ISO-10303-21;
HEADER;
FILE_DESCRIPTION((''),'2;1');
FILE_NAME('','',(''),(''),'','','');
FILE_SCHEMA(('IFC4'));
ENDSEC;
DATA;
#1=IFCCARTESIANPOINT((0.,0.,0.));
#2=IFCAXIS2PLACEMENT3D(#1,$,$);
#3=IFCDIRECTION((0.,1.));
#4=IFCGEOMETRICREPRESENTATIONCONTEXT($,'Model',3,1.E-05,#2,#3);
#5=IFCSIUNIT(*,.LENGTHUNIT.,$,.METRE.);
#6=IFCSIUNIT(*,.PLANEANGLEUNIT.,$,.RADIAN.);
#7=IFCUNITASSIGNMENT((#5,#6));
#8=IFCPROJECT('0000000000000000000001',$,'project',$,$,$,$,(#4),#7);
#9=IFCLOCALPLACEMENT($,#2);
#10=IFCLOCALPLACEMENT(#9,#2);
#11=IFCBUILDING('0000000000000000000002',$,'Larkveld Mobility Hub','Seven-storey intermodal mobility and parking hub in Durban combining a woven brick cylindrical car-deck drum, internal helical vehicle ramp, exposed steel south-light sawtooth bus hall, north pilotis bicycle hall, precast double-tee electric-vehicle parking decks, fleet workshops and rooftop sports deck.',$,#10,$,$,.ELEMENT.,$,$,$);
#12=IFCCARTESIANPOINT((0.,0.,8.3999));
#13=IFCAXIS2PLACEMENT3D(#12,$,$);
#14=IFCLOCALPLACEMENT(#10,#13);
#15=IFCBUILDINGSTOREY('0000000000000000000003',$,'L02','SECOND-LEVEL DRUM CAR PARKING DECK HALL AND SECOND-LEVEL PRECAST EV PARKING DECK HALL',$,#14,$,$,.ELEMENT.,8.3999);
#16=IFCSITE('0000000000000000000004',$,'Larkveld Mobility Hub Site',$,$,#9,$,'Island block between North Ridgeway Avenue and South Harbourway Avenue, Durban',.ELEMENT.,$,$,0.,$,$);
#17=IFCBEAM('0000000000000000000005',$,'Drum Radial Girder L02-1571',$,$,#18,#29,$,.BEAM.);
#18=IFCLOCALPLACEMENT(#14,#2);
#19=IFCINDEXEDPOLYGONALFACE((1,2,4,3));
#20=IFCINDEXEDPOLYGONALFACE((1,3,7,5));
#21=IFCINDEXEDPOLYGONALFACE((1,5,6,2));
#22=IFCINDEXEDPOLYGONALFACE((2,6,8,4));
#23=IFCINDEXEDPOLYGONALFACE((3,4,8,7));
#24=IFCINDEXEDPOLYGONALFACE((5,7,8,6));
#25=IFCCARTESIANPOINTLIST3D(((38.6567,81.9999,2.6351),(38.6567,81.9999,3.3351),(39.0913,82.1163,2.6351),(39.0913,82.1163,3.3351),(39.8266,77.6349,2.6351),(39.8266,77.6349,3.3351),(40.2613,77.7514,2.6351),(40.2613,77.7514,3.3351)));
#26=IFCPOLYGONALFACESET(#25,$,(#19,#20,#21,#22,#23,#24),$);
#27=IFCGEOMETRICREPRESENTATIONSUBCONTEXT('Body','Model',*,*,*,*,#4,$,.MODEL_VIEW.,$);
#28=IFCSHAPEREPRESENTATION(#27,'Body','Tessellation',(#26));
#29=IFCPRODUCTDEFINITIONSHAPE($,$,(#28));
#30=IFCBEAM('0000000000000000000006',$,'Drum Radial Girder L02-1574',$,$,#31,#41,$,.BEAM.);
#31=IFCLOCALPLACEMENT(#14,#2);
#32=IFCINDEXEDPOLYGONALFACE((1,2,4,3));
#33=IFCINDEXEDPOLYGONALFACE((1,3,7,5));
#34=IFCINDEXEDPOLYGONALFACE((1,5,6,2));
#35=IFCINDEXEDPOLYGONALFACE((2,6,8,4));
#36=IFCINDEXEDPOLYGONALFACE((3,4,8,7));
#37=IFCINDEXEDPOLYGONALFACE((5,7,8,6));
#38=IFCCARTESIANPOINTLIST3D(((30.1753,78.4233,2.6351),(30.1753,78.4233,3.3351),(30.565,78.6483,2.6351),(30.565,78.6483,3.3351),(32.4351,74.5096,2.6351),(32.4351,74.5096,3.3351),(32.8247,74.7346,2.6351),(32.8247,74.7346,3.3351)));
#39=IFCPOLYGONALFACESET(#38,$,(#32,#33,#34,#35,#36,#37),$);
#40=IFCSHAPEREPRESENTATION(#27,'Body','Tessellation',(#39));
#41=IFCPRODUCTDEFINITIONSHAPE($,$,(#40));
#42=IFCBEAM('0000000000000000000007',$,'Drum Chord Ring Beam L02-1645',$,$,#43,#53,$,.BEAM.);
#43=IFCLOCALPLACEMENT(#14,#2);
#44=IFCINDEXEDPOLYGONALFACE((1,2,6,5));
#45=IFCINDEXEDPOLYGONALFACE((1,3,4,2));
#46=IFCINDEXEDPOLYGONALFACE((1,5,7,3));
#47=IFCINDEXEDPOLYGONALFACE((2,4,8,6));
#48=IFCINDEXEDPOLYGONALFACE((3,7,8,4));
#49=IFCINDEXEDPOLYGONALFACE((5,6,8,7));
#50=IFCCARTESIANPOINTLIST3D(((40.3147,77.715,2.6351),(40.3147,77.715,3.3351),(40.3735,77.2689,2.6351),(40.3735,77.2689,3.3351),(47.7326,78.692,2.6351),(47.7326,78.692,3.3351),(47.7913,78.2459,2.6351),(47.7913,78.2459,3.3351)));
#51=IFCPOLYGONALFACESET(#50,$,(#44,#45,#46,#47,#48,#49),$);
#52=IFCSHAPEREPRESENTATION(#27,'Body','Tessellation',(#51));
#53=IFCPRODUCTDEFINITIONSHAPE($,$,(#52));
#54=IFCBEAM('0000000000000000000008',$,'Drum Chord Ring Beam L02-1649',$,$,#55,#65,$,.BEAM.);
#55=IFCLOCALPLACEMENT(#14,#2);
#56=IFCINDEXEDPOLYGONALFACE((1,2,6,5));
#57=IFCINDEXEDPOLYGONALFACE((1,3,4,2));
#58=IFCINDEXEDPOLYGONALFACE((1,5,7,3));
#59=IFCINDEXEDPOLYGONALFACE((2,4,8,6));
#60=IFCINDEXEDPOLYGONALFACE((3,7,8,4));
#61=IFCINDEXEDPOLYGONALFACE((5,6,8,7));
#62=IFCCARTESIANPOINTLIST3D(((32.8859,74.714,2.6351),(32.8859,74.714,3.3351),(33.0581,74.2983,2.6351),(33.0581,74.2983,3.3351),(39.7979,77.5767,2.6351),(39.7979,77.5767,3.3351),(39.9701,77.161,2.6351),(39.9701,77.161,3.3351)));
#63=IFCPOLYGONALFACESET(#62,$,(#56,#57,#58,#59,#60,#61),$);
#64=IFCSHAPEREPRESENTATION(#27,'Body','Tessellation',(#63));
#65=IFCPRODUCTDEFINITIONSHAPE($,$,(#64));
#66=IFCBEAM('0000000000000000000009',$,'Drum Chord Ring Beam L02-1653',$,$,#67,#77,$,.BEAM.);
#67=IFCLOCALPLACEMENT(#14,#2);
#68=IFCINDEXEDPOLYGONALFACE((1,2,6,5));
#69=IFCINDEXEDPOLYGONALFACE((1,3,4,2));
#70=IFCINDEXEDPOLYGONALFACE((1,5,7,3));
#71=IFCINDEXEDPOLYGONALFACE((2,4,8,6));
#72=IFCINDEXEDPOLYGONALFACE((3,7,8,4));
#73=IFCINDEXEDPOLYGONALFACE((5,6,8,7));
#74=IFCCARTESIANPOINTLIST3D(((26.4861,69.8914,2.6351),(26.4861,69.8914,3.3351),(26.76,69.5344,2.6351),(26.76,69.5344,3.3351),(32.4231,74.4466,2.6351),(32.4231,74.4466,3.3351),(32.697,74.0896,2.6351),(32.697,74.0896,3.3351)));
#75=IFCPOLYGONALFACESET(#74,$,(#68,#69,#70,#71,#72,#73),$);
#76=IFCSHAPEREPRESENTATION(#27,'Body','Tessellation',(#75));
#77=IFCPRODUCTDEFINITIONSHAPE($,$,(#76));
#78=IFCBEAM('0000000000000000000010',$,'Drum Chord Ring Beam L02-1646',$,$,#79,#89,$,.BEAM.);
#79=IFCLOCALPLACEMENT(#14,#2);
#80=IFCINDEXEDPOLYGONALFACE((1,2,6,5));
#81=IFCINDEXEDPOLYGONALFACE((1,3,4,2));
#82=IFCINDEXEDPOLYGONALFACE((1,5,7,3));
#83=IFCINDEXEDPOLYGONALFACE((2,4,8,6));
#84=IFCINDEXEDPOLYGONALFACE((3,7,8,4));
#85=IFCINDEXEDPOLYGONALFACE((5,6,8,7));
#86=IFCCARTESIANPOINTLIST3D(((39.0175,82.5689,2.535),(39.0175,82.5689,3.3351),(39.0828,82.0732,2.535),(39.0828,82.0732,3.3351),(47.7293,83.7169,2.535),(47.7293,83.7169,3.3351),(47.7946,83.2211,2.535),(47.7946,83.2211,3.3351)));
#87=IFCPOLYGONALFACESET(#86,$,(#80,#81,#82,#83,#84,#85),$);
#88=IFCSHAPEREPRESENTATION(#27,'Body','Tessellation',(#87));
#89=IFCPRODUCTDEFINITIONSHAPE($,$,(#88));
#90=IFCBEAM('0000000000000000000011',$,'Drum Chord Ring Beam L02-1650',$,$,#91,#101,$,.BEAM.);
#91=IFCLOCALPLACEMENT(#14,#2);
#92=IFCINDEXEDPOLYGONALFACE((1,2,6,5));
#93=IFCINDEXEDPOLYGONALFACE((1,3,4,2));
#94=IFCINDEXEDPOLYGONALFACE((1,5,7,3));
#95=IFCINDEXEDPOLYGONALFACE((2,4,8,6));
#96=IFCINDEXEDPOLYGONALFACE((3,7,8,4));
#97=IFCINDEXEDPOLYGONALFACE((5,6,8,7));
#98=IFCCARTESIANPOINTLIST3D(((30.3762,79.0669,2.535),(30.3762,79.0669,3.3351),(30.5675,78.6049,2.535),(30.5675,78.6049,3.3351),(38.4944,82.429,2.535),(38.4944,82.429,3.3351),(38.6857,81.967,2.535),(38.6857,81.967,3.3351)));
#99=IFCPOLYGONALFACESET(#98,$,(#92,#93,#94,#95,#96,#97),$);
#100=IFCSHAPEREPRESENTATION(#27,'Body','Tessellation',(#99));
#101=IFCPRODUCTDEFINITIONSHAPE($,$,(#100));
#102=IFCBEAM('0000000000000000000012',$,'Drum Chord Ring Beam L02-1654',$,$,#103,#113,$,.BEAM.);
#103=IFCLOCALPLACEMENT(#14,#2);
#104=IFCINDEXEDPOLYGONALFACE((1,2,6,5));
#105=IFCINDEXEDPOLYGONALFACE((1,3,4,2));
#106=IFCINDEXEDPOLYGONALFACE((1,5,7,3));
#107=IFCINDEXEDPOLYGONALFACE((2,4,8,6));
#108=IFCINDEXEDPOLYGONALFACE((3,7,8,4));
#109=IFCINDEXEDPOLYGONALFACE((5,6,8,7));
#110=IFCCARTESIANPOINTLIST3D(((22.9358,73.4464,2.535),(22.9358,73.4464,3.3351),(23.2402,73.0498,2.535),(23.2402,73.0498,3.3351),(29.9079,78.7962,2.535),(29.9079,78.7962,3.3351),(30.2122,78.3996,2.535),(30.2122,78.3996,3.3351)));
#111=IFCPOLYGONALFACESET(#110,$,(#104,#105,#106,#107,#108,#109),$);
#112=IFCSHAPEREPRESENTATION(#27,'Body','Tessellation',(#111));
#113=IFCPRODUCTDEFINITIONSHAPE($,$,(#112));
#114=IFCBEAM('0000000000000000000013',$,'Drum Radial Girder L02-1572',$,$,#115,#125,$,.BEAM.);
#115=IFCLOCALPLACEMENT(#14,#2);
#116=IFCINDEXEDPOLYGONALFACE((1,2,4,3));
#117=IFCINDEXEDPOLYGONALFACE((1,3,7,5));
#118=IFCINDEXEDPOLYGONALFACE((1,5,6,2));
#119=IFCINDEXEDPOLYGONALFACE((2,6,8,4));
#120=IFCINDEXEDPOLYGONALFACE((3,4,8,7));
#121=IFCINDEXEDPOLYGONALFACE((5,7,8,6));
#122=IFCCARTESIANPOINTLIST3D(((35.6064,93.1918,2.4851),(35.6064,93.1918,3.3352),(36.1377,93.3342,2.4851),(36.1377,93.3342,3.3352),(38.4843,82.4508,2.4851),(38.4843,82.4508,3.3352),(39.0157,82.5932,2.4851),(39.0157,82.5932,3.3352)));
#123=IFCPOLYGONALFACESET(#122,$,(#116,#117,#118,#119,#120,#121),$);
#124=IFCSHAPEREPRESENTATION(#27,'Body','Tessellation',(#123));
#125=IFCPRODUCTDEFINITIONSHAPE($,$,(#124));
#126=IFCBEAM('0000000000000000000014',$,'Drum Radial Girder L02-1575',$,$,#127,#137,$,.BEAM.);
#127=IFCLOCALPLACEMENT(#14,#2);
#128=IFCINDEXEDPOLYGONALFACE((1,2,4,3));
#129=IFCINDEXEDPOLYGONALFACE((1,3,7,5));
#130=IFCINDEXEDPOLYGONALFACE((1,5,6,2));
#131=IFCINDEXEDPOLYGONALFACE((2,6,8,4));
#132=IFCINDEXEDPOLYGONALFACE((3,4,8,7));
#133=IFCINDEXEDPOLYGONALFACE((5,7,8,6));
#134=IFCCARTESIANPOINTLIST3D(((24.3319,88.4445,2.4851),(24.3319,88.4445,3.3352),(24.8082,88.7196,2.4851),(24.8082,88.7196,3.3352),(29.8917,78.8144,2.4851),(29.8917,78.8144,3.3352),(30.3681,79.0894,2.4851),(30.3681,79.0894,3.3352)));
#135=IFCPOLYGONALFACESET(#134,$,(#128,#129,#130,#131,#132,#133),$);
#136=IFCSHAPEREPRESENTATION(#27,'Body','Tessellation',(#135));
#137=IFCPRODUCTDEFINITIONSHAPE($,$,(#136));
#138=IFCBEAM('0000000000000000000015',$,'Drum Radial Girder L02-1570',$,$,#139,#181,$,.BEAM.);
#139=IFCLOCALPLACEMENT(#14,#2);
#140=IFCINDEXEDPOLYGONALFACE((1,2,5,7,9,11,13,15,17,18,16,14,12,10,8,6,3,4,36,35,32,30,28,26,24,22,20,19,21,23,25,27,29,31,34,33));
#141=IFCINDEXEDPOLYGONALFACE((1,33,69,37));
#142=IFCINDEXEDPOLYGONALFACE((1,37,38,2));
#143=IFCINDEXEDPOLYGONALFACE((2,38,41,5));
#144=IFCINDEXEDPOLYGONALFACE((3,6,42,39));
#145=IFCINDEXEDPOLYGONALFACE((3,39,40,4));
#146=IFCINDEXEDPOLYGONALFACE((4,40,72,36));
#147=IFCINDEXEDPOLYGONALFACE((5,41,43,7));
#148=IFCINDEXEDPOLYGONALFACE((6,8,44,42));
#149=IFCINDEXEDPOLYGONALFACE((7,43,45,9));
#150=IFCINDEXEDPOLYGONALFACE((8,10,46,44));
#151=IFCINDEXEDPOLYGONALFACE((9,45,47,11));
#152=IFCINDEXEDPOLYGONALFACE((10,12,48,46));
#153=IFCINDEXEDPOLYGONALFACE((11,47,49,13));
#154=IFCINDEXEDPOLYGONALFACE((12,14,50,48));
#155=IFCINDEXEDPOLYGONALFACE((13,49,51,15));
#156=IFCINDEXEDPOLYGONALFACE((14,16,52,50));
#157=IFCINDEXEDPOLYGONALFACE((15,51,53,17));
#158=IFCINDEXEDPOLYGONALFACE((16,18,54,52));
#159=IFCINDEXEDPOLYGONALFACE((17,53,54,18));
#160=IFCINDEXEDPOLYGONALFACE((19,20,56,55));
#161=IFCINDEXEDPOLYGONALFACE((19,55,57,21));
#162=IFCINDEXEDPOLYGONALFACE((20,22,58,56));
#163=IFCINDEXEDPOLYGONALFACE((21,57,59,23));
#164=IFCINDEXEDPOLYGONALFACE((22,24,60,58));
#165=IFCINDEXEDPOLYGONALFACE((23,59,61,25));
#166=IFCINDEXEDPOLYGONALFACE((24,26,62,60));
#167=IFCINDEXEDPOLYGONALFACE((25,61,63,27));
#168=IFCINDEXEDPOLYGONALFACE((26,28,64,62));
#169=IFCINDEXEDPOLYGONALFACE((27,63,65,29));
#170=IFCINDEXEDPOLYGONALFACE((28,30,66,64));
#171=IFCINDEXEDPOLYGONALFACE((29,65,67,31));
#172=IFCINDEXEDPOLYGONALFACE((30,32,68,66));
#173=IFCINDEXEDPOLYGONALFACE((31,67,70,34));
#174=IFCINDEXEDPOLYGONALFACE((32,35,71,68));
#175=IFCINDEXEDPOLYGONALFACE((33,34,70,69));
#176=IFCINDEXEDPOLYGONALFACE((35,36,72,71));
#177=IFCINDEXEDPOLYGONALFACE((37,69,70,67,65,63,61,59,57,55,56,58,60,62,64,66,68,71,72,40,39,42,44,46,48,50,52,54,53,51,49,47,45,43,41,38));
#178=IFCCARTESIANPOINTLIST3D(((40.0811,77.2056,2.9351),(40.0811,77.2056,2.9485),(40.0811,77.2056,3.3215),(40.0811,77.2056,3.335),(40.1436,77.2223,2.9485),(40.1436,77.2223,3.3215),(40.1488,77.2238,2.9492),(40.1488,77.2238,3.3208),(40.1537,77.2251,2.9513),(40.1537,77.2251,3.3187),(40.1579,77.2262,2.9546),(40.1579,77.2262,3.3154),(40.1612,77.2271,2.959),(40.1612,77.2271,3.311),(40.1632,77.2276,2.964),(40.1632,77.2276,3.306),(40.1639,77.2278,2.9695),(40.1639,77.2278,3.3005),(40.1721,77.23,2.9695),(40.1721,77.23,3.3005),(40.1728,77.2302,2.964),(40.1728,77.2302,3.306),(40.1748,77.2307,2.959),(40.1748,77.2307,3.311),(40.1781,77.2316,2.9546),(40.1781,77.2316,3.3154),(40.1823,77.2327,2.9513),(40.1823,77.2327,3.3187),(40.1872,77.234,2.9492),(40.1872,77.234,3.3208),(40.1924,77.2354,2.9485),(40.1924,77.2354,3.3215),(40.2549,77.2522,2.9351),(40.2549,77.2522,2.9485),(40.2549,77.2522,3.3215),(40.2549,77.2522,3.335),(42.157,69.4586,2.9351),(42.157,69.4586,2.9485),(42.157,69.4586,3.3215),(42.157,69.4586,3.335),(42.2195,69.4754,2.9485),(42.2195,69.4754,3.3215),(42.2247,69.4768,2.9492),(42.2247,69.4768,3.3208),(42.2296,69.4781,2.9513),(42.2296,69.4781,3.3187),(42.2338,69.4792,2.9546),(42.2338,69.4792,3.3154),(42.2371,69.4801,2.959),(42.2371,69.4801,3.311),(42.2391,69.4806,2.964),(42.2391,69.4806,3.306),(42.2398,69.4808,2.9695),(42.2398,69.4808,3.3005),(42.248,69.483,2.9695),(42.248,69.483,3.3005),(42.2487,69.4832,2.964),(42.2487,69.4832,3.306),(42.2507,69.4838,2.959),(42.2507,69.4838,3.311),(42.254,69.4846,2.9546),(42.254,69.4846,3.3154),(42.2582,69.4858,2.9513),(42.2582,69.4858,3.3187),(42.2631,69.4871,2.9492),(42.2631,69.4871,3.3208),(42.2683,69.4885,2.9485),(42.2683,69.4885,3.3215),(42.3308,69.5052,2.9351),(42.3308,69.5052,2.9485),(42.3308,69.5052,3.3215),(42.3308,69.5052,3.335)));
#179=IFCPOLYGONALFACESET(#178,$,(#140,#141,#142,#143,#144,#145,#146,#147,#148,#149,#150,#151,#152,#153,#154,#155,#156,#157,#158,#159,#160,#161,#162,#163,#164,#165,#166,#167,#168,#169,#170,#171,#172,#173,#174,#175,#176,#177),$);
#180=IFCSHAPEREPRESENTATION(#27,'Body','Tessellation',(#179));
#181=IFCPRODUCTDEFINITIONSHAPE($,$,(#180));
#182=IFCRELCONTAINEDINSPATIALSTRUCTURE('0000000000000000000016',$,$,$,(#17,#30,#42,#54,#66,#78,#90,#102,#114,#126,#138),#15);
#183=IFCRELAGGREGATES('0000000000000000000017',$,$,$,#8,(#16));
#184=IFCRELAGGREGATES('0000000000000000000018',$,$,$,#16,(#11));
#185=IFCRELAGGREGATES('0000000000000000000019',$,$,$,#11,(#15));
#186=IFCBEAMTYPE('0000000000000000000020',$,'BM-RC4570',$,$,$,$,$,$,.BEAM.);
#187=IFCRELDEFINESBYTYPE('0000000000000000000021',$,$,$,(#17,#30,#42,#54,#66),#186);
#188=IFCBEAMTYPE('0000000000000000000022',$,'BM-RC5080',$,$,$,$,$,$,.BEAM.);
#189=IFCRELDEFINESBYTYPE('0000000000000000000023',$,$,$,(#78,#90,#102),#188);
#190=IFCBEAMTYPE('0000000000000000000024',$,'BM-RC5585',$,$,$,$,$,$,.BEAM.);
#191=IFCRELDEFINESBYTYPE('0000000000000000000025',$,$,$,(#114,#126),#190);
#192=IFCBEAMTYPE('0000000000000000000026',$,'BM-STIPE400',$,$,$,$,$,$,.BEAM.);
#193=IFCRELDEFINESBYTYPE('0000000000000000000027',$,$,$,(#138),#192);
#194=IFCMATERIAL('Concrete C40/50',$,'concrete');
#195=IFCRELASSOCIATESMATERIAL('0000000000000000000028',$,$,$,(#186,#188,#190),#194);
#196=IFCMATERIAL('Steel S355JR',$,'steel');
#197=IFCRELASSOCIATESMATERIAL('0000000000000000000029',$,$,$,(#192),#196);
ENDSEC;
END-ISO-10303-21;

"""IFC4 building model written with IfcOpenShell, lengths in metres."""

from ifc_helpers import new_model, si_unit, direction, frame, origin, origin_2d, place, context, subcontext, project, spatial, rectangle, i_section, extrude, material, material_profile, profile_set, type_object, element, save


model = new_model("IFC4")

# Units and contexts
model_context = context("Model", 3, precision=1e-05, world=origin(), true_north=direction((0.0, 1.0)))
body_context = subcontext(model_context, "Body", "Model", "MODEL_VIEW")
ifc_project = project(units=[si_unit("LENGTHUNIT", "METRE"), si_unit("PLANEANGLEUNIT", "RADIAN")], contexts=[model_context])

# Site, building, storey
site_placement = place(None, origin())
site = spatial("IfcSite", under=ifc_project, at=site_placement, Name="Larkveld Mobility Hub Site", LongName="Island block between North Ridgeway Avenue and South Harbourway Avenue, Durban", CompositionType="ELEMENT", RefElevation=0.0)
building_placement = place(site_placement, origin())
building = spatial("IfcBuilding", under=site, at=building_placement, Name="Larkveld Mobility Hub", Description="Seven-storey intermodal mobility and parking hub in Durban combining a woven brick cylindrical car-deck drum, internal helical vehicle ramp, exposed steel south-light sawtooth bus hall, north pilotis bicycle hall, precast double-tee electric-vehicle parking decks, fleet workshops and rooftop sports deck.", CompositionType="ELEMENT")
storey_placement = place(building_placement, frame((0.0, 0.0, 8.3999)))
storey = spatial("IfcBuildingStorey", under=building, at=storey_placement, Name="L02", Description="SECOND-LEVEL DRUM CAR PARKING DECK HALL AND SECOND-LEVEL PRECAST EV PARKING DECK HALL", CompositionType="ELEMENT", Elevation=8.3999)

# Shared definitions
ifc_material_1 = material(Name="Concrete C40/50", Category="concrete")

# Beams
ifc_material_profile_1 = material_profile(ifc_material_1, rectangle(XDim=0.45, YDim=0.7, at=origin_2d()), Name="RC BM 450x700")
ifc_profile_set_1 = profile_set([ifc_material_profile_1], Name="Concrete C40/50")
beam_type_1 = type_object("IfcBeamType", Name="BM-RC4570", PredefinedType="BEAM", material=ifc_profile_set_1)
beam_1_placement = place(storey_placement, frame((40.0439, 77.6931, 2.9851), z_axis=(-0.258886, 0.965908, 0.0), x_axis=(-0.965908, -0.258886, 0.0)))
element("IfcBeam", 1, at=beam_1_placement, inside=storey, type_object=beam_type_1, Name="Drum Radial Girder L02-1571", PredefinedType="BEAM", context=body_context, shape_type="SweptSolid", body=[
    extrude(rectangle(XDim=0.45, YDim=0.7, at=origin_2d()), origin(), (0.0, 0.0, 1.0), 4.519),
])
beam_2_placement = place(storey_placement, frame((32.6299, 74.6221, 2.9851), z_axis=(-0.50002, 0.866014, 0.0), x_axis=(-0.866014, -0.50002, 0.0)))
element("IfcBeam", 2, at=beam_2_placement, inside=storey, type_object=beam_type_1, Name="Drum Radial Girder L02-1574", PredefinedType="BEAM", context=body_context, shape_type="SweptSolid", body=[
    extrude(rectangle(XDim=0.45, YDim=0.7, at=origin_2d()), origin(), (0.0, 0.0, 1.0), 4.5193),
])
beam_3_placement = place(storey_placement, frame((47.762, 78.469, 2.9851), z_axis=(-0.991437, -0.130586, 0.0), x_axis=(0.130586, -0.991437, 0.0)))
element("IfcBeam", 3, at=beam_3_placement, inside=storey, type_object=beam_type_1, Name="Drum Chord Ring Beam L02-1645", PredefinedType="BEAM", context=body_context, shape_type="SweptSolid", body=[
    extrude(rectangle(XDim=0.45, YDim=0.7, at=origin_2d()), origin(), (0.0, 0.0, 1.0), 7.4819),
])
beam_4_placement = place(storey_placement, frame((39.884, 77.3689, 2.9851), z_axis=(-0.923894, -0.38265, 0.0), x_axis=(0.38265, -0.923894, 0.0)))
element("IfcBeam", 4, at=beam_4_placement, inside=storey, type_object=beam_type_1, Name="Drum Chord Ring Beam L02-1649", PredefinedType="BEAM", context=body_context, shape_type="SweptSolid", body=[
    extrude(rectangle(XDim=0.45, YDim=0.7, at=origin_2d()), origin(), (0.0, 0.0, 1.0), 7.4814),
])
beam_5_placement = place(storey_placement, frame((32.5601, 74.2681, 2.9851), z_axis=(-0.793383, -0.608723, 0.0), x_axis=(0.608723, -0.793383, 0.0)))
element("IfcBeam", 5, at=beam_5_placement, inside=storey, type_object=beam_type_1, Name="Drum Chord Ring Beam L02-1653", PredefinedType="BEAM", context=body_context, shape_type="SweptSolid", body=[
    extrude(rectangle(XDim=0.45, YDim=0.7, at=origin_2d()), origin(), (0.0, 0.0, 1.0), 7.4832),
])
ifc_material_profile_2 = material_profile(ifc_material_1, rectangle(XDim=0.5, YDim=0.8, at=origin_2d()), Name="RC BM 500x800")
ifc_profile_set_2 = profile_set([ifc_material_profile_2], Name="Concrete C40/50")
beam_type_2 = type_object("IfcBeamType", Name="BM-RC5080", PredefinedType="BEAM", material=ifc_profile_set_2)
beam_6_placement = place(storey_placement, frame((47.762, 83.469, 2.9351), z_axis=(-0.99143, -0.130638, 0.0), x_axis=(0.130638, -0.99143, 0.0)))
element("IfcBeam", 6, at=beam_6_placement, inside=storey, type_object=beam_type_2, Name="Drum Chord Ring Beam L02-1646", PredefinedType="BEAM", context=body_context, shape_type="SweptSolid", body=[
    extrude(rectangle(XDim=0.5, YDim=0.8, at=origin_2d()), origin(), (0.0, 0.0, 1.0), 8.7871),
])
beam_7_placement = place(storey_placement, frame((38.5901, 82.198, 2.9351), z_axis=(-0.923903, -0.382626, 0.0), x_axis=(0.382626, -0.923903, 0.0)))
element("IfcBeam", 7, at=beam_7_placement, inside=storey, type_object=beam_type_2, Name="Drum Chord Ring Beam L02-1650", PredefinedType="BEAM", context=body_context, shape_type="SweptSolid", body=[
    extrude(rectangle(XDim=0.5, YDim=0.8, at=origin_2d()), origin(), (0.0, 0.0, 1.0), 8.7869),
])
beam_8_placement = place(storey_placement, frame((30.0601, 78.5979, 2.9351), z_axis=(-0.793358, -0.608756, 0.0), x_axis=(0.608756, -0.793358, 0.0)))
element("IfcBeam", 8, at=beam_8_placement, inside=storey, type_object=beam_type_2, Name="Drum Chord Ring Beam L02-1654", PredefinedType="BEAM", context=body_context, shape_type="SweptSolid", body=[
    extrude(rectangle(XDim=0.5, YDim=0.8, at=origin_2d()), origin(), (0.0, 0.0, 1.0), 8.7881),
])
ifc_material_profile_3 = material_profile(ifc_material_1, rectangle(XDim=0.55, YDim=0.8501, at=origin_2d()), Name="RC BM 550x850")
ifc_profile_set_3 = profile_set([ifc_material_profile_3], Name="Concrete C40/50")
beam_type_3 = type_object("IfcBeamType", Name="BM-RC5585", PredefinedType="BEAM", material=ifc_profile_set_3)
for number, where, z_axis, x_axis, name in (
    (9, (38.75, 82.522, 2.9102), (-0.25881, 0.965928, 0.0), (-0.965928, -0.25881, 0.0), "Drum Radial Girder L02-1572"),
    (10, (30.1299, 78.9519, 2.9102), (-0.49999, 0.866031, 0.0), (-0.866031, -0.49999, 0.0), "Drum Radial Girder L02-1575"),
):
    element("IfcBeam", number, at=place(storey_placement, frame(where, z_axis=z_axis, x_axis=x_axis)), inside=storey, type_object=beam_type_3, Name=name, PredefinedType="BEAM", context=body_context, shape_type="SweptSolid", body=[
        extrude(rectangle(XDim=0.55, YDim=0.8501, at=origin_2d()), origin(), (0.0, 0.0, 1.0), 11.1199),
    ])
ifc_material_2 = material(Name="Steel S355JR", Category="steel")
ifc_material_profile_4 = material_profile(ifc_material_2, i_section(OverallWidth=0.1799, OverallDepth=0.3999, WebThickness=0.0085, FlangeThickness=0.0134, FilletRadius=0.021, at=origin_2d()), Name="IPE 400")
ifc_profile_set_4 = profile_set([ifc_material_profile_4], Name="Steel S355JR")
beam_type_4 = type_object("IfcBeamType", Name="BM-STIPE400", PredefinedType="BEAM", material=ifc_profile_set_4)
beam_9_placement = place(storey_placement, frame((42.2439, 69.4819, 3.135), z_axis=(-0.258831, 0.965923, 0.0), x_axis=(-0.965923, -0.258831, 0.0)))
element("IfcBeam", 11, at=beam_9_placement, inside=storey, type_object=beam_type_4, Name="Drum Radial Girder L02-1570", PredefinedType="BEAM", context=body_context, shape_type="SweptSolid", body=[
    extrude(i_section(OverallWidth=0.1799, OverallDepth=0.3999, WebThickness=0.0085, FlangeThickness=0.0134, FilletRadius=0.021, at=origin_2d()), origin(), (0.0, 0.0, 1.0), 8.0203),
])

save(model, "model.ifc")
